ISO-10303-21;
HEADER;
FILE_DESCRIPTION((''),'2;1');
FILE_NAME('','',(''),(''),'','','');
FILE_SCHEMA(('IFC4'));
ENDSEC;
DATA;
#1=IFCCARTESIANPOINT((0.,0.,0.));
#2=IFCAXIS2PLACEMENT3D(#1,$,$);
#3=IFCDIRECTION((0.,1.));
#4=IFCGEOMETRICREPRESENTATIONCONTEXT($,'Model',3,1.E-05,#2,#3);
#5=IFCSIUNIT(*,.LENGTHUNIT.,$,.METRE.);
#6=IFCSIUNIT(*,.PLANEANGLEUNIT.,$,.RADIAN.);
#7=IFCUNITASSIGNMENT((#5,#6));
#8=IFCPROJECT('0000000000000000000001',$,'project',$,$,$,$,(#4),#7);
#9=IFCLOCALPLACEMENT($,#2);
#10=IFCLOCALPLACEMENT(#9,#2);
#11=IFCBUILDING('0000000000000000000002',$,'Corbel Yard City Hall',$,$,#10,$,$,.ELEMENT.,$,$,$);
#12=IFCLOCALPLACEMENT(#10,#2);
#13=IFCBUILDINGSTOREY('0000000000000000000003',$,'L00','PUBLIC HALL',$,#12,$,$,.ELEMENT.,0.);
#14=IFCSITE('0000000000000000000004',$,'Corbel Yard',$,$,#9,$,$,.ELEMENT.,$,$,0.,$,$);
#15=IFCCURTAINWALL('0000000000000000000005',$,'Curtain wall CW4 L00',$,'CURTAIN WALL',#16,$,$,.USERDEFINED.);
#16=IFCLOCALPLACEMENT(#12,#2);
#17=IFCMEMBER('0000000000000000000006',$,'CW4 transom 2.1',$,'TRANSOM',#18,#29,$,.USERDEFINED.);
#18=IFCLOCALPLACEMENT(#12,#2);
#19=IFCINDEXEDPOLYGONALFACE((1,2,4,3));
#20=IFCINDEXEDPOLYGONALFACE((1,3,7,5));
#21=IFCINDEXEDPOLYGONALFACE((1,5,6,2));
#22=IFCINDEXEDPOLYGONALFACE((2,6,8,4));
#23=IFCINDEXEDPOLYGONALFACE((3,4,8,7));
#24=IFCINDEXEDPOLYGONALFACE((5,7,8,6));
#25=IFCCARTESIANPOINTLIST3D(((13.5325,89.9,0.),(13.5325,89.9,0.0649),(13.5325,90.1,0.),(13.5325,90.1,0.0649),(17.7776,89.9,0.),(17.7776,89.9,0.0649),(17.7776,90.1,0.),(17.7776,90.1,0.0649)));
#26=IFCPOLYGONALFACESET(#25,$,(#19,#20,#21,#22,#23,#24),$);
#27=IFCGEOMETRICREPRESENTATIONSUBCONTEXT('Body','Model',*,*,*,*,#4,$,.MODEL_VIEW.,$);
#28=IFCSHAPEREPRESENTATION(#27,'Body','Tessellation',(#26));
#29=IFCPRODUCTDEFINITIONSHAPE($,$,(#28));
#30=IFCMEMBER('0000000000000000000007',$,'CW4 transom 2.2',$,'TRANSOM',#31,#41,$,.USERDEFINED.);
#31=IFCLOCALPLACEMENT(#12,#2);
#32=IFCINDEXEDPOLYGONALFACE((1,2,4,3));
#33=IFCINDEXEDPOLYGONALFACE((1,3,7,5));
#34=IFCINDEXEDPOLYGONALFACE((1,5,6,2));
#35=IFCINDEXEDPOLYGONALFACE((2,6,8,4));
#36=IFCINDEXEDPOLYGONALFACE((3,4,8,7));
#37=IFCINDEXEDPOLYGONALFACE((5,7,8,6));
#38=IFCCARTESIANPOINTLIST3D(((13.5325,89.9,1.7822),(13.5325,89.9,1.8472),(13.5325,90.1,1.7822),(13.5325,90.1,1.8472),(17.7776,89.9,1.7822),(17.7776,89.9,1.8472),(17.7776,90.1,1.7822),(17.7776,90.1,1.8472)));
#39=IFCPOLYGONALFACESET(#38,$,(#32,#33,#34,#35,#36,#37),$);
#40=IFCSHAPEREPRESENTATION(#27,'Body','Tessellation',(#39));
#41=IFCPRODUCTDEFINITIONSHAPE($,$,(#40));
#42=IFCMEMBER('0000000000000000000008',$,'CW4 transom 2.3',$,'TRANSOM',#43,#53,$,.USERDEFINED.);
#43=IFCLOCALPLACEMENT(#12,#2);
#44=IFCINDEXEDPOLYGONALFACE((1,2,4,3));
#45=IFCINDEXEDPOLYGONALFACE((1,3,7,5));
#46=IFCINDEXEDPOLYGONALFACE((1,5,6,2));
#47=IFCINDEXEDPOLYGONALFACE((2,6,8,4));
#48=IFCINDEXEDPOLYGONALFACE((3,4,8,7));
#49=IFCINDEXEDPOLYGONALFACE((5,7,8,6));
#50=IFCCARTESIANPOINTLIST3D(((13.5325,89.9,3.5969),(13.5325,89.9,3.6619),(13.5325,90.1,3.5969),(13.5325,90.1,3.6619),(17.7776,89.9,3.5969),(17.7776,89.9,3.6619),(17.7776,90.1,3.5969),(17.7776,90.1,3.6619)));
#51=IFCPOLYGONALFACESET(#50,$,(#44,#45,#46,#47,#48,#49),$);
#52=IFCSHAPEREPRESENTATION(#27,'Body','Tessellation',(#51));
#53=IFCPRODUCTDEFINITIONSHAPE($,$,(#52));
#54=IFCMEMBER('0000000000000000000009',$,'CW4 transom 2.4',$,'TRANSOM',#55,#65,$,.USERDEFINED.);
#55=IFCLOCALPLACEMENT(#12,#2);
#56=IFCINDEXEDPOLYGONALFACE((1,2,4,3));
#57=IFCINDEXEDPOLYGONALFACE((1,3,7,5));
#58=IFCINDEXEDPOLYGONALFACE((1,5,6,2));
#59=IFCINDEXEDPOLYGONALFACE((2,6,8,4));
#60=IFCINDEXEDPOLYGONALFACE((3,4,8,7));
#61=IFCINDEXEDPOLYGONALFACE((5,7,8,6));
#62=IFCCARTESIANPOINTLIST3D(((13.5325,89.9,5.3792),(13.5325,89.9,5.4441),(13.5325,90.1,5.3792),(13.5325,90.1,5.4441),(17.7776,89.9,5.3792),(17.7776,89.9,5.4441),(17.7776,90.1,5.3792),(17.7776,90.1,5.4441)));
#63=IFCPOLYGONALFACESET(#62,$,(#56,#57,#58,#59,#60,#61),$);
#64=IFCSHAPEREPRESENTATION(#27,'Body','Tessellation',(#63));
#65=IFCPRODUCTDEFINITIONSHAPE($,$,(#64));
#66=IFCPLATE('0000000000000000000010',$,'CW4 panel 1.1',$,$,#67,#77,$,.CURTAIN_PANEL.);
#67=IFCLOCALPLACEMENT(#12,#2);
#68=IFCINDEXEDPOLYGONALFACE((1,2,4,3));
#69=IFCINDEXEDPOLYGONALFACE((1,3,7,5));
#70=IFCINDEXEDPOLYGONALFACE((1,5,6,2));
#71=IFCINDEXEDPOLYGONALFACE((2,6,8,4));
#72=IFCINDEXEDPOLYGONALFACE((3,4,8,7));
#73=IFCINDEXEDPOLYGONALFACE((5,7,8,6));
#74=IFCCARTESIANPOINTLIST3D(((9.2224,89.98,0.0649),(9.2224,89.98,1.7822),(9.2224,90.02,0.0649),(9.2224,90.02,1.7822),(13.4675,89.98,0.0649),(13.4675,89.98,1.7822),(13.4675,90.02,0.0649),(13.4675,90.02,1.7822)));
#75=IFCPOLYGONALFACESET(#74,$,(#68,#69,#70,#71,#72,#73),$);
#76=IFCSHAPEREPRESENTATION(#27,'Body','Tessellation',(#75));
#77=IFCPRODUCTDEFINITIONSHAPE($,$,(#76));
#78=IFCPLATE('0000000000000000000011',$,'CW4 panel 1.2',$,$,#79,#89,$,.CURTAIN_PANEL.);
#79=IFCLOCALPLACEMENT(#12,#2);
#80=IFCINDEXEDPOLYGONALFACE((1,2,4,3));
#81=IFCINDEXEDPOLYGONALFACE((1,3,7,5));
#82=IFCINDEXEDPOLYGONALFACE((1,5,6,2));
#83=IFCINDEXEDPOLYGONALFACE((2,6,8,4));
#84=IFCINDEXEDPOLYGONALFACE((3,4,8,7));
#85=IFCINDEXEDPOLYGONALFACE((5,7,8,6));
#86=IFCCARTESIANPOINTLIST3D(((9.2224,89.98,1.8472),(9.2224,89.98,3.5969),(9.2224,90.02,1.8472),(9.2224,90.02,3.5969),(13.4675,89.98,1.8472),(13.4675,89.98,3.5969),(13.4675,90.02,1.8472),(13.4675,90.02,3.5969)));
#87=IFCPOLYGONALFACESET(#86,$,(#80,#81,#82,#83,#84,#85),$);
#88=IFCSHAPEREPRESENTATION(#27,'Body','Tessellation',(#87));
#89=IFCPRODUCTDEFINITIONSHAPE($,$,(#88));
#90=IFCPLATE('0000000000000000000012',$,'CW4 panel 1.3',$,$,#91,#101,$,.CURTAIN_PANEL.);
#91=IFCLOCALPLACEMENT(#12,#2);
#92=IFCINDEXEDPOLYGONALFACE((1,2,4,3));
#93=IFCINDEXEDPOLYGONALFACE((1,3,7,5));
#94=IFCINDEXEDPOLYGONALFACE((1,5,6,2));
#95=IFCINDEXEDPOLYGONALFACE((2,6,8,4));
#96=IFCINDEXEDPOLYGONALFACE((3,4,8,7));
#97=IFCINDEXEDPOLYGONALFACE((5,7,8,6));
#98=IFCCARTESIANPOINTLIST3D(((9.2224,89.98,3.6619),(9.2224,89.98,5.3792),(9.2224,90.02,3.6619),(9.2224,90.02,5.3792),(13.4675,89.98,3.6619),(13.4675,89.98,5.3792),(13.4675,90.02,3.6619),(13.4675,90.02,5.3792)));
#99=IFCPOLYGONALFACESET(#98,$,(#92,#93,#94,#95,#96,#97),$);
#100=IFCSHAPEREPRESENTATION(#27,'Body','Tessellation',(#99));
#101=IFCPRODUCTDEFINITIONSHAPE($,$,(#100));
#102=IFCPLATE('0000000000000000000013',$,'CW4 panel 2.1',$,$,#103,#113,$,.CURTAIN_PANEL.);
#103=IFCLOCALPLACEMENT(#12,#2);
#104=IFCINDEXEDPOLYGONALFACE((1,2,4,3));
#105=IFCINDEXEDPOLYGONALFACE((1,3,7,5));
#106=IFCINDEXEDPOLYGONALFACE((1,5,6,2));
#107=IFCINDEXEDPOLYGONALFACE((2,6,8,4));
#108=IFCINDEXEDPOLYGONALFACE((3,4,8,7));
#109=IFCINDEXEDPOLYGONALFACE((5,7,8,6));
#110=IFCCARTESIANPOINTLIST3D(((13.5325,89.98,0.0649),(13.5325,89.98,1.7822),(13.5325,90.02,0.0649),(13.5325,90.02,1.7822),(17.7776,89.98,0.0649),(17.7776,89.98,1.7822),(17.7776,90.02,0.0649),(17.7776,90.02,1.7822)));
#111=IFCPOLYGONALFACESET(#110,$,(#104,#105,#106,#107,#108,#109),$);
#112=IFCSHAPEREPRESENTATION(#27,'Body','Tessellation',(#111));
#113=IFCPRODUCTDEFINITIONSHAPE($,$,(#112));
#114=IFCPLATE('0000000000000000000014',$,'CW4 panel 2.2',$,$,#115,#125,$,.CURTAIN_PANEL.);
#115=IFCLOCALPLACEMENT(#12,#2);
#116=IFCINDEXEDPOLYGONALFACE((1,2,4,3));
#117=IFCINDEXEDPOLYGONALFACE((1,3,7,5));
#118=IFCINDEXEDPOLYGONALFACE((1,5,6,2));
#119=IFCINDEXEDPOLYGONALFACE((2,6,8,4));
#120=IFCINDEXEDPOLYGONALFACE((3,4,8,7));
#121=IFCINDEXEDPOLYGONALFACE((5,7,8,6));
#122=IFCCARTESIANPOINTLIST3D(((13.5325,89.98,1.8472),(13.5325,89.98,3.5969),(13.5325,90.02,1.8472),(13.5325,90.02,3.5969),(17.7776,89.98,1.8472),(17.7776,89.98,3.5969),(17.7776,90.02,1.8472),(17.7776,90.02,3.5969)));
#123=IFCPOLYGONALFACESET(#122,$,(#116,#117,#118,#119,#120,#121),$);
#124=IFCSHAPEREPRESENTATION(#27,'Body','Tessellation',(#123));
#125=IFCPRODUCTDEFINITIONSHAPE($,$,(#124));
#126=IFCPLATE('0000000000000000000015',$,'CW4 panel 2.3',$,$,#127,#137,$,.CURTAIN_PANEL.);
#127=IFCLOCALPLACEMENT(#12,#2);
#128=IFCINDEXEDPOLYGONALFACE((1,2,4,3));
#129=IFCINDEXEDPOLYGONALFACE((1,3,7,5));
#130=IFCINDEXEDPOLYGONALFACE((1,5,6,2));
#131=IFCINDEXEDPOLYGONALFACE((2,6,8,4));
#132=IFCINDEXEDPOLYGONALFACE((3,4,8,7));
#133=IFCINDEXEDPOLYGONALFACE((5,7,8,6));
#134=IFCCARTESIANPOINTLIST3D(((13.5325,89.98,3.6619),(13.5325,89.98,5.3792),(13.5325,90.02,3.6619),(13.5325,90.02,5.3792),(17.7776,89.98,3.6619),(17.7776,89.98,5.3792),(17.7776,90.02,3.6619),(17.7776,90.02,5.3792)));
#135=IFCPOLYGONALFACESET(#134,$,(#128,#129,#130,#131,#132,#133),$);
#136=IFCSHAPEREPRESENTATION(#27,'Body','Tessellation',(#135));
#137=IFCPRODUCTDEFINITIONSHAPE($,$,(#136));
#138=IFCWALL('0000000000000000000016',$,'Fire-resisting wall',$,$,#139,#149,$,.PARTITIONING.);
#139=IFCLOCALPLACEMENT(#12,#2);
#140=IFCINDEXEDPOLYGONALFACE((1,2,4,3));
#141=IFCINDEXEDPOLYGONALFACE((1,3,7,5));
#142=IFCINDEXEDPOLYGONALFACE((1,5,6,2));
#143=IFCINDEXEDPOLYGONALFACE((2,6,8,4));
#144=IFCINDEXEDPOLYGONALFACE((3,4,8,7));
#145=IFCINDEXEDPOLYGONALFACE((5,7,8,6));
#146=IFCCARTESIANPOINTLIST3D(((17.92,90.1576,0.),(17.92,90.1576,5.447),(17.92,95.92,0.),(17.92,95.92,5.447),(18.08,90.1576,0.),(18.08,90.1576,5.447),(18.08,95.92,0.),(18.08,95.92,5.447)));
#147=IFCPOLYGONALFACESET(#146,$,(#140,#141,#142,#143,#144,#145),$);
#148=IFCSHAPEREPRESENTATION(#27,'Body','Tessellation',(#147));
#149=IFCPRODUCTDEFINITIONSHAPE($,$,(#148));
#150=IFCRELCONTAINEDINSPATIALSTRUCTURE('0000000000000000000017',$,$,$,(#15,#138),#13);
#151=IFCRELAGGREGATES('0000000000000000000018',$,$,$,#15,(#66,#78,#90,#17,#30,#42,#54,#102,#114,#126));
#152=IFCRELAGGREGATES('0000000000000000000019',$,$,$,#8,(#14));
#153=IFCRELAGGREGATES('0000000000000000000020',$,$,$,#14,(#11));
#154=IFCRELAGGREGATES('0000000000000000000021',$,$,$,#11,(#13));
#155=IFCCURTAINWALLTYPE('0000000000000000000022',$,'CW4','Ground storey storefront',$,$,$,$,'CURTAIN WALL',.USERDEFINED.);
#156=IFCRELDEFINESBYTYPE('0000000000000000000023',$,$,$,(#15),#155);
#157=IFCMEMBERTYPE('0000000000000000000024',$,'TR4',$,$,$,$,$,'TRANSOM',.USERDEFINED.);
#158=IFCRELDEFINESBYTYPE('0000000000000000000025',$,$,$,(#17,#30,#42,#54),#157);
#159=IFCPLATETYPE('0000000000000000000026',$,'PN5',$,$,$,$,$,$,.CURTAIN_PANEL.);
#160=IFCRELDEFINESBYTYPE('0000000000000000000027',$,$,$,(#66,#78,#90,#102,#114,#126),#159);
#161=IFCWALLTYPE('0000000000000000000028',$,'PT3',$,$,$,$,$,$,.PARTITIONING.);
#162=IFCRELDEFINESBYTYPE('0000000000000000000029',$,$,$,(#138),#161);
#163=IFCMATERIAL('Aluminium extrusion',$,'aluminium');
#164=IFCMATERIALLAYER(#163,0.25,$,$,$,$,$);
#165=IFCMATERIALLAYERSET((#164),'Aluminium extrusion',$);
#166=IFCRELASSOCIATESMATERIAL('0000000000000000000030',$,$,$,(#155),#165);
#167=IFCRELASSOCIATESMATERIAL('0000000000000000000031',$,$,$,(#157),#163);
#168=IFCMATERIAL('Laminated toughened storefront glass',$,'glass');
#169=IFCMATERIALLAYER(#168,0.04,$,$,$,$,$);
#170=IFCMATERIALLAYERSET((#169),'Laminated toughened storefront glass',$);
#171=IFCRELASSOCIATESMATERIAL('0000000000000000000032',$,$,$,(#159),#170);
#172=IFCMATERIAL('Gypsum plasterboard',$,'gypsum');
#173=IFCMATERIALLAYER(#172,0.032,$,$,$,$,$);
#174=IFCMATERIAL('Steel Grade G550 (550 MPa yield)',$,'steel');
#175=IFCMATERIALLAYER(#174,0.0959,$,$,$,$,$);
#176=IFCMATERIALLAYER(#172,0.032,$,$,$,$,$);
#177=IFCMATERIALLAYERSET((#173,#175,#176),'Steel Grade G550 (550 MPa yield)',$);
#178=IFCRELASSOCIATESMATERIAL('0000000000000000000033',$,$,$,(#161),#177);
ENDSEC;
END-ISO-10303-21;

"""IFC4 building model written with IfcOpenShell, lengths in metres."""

from ifc_helpers import new_model, si_unit, direction, frame, frame_2d, origin, origin_2d, place, context, subcontext, project, spatial, rectangle, extrude, material, layer, layer_set, material_profile, profile_set, type_object, element, aggregate, save


model = new_model("IFC4")

# Units and contexts
model_context = context("Model", 3, precision=1e-05, world=origin(), true_north=direction((0.0, 1.0)))
body_context = subcontext(model_context, "Body", "Model", "MODEL_VIEW")
ifc_project = project(units=[si_unit("LENGTHUNIT", "METRE"), si_unit("PLANEANGLEUNIT", "RADIAN")], contexts=[model_context])

# Site, building, storey
site_placement = place(None, origin())
site = spatial("IfcSite", under=ifc_project, at=site_placement, Name="Corbel Yard", CompositionType="ELEMENT", RefElevation=0.0)
building_placement = place(site_placement, origin())
building = spatial("IfcBuilding", under=site, at=building_placement, Name="Corbel Yard City Hall", CompositionType="ELEMENT")
storey_placement = place(building_placement, origin())
storey = spatial("IfcBuildingStorey", under=building, at=storey_placement, Name="L00", Description="PUBLIC HALL", CompositionType="ELEMENT", Elevation=0.0)

# Curtain wall
ifc_material_1 = material(Name="Aluminium extrusion", Category="aluminium")
ifc_layer_1 = layer(ifc_material_1, 0.25)
ifc_layer_set_1 = layer_set([ifc_layer_1], Name="Aluminium extrusion")
curtain_wall_type = type_object("IfcCurtainWallType", Name="CW4", Description="Ground storey storefront", ElementType="CURTAIN WALL", PredefinedType="USERDEFINED", material=ifc_layer_set_1)
curtain_wall_placement = place(storey_placement, origin())
curtain_wall = element("IfcCurtainWall", 1, at=curtain_wall_placement, inside=storey, type_object=curtain_wall_type, Name="Curtain wall CW4 L00", ObjectType="CURTAIN WALL", PredefinedType="USERDEFINED")

# Members
ifc_material_profile_1 = material_profile(ifc_material_1, rectangle(XDim=0.2, YDim=0.0649, at=origin_2d()), Name="200x65")
ifc_profile_set_1 = profile_set([ifc_material_profile_1], Name="Aluminium extrusion")
member_type_1 = type_object("IfcMemberType", Name="TR4", ElementType="TRANSOM", PredefinedType="USERDEFINED", material=ifc_profile_set_1)
member_1_placement = place(storey_placement, frame((13.5325, 90.0, 0.0325), z_axis=(1.0, 0.0, 0.0), x_axis=(0.0, 1.0, 0.0)))
member_1 = element("IfcMember", 2, at=member_1_placement, type_object=member_type_1, Name="CW4 transom 2.1", ObjectType="TRANSOM", PredefinedType="USERDEFINED", context=body_context, shape_type="SweptSolid", body=[
    extrude(rectangle(XDim=0.2, YDim=0.0649, at=origin_2d()), origin(), (0.0, 0.0, 1.0), 4.2451),
])
member_2_placement = place(storey_placement, frame((13.5325, 90.0, 1.8147), z_axis=(1.0, 0.0, 0.0), x_axis=(0.0, 1.0, 0.0)))
member_2 = element("IfcMember", 3, at=member_2_placement, type_object=member_type_1, Name="CW4 transom 2.2", ObjectType="TRANSOM", PredefinedType="USERDEFINED", context=body_context, shape_type="SweptSolid", body=[
    extrude(rectangle(XDim=0.2, YDim=0.0649, at=origin_2d()), origin(), (0.0, 0.0, 1.0), 4.2451),
])
member_3_placement = place(storey_placement, frame((13.5325, 90.0, 3.6294), z_axis=(1.0, 0.0, 0.0), x_axis=(0.0, 1.0, 0.0)))
member_3 = element("IfcMember", 4, at=member_3_placement, type_object=member_type_1, Name="CW4 transom 2.3", ObjectType="TRANSOM", PredefinedType="USERDEFINED", context=body_context, shape_type="SweptSolid", body=[
    extrude(rectangle(XDim=0.2, YDim=0.0649, at=origin_2d()), origin(), (0.0, 0.0, 1.0), 4.2451),
])
member_4_placement = place(storey_placement, frame((13.5325, 90.0, 5.4116), z_axis=(1.0, 0.0, 0.0), x_axis=(0.0, 1.0, 0.0)))
member_4 = element("IfcMember", 5, at=member_4_placement, type_object=member_type_1, Name="CW4 transom 2.4", ObjectType="TRANSOM", PredefinedType="USERDEFINED", context=body_context, shape_type="SweptSolid", body=[
    extrude(rectangle(XDim=0.2, YDim=0.0649, at=origin_2d()), origin(), (0.0, 0.0, 1.0), 4.2451),
])

# Plates
ifc_material_2 = material(Name="Laminated toughened storefront glass", Category="glass")
ifc_layer_2 = layer(ifc_material_2, 0.04)
ifc_layer_set_2 = layer_set([ifc_layer_2], Name="Laminated toughened storefront glass")
plate_type = type_object("IfcPlateType", Name="PN5", PredefinedType="CURTAIN_PANEL", material=ifc_layer_set_2)
plate_1_placement = place(storey_placement, frame((11.345, 90.0, 0.0649), z_axis=(0.0, 0.0, 1.0), x_axis=(1.0, 0.0, 0.0)))
plate_1 = element("IfcPlate", 6, at=plate_1_placement, type_object=plate_type, Name="CW4 panel 1.1", PredefinedType="CURTAIN_PANEL", context=body_context, shape_type="SweptSolid", body=[
    extrude(rectangle(XDim=4.2451, YDim=0.04, at=origin_2d()), origin(), (0.0, 0.0, 1.0), 1.7173),
])
plate_2_placement = place(storey_placement, frame((11.345, 90.0, 1.8472), z_axis=(0.0, 0.0, 1.0), x_axis=(1.0, 0.0, 0.0)))
plate_2 = element("IfcPlate", 7, at=plate_2_placement, type_object=plate_type, Name="CW4 panel 1.2", PredefinedType="CURTAIN_PANEL", context=body_context, shape_type="SweptSolid", body=[
    extrude(rectangle(XDim=4.2451, YDim=0.04, at=origin_2d()), origin(), (0.0, 0.0, 1.0), 1.7498),
])
plate_3_placement = place(storey_placement, frame((11.345, 90.0, 3.6619), z_axis=(0.0, 0.0, 1.0), x_axis=(1.0, 0.0, 0.0)))
plate_3 = element("IfcPlate", 8, at=plate_3_placement, type_object=plate_type, Name="CW4 panel 1.3", PredefinedType="CURTAIN_PANEL", context=body_context, shape_type="SweptSolid", body=[
    extrude(rectangle(XDim=4.2451, YDim=0.04, at=origin_2d()), origin(), (0.0, 0.0, 1.0), 1.7173),
])
plate_4_placement = place(storey_placement, frame((15.655, 90.0, 0.0649), z_axis=(0.0, 0.0, 1.0), x_axis=(1.0, 0.0, 0.0)))
plate_4 = element("IfcPlate", 9, at=plate_4_placement, type_object=plate_type, Name="CW4 panel 2.1", PredefinedType="CURTAIN_PANEL", context=body_context, shape_type="SweptSolid", body=[
    extrude(rectangle(XDim=4.2451, YDim=0.04, at=origin_2d()), origin(), (0.0, 0.0, 1.0), 1.7173),
])
plate_5_placement = place(storey_placement, frame((15.655, 90.0, 1.8472), z_axis=(0.0, 0.0, 1.0), x_axis=(1.0, 0.0, 0.0)))
plate_5 = element("IfcPlate", 10, at=plate_5_placement, type_object=plate_type, Name="CW4 panel 2.2", PredefinedType="CURTAIN_PANEL", context=body_context, shape_type="SweptSolid", body=[
    extrude(rectangle(XDim=4.2451, YDim=0.04, at=origin_2d()), origin(), (0.0, 0.0, 1.0), 1.7498),
])
plate_6_placement = place(storey_placement, frame((15.655, 90.0, 3.6619), z_axis=(0.0, 0.0, 1.0), x_axis=(1.0, 0.0, 0.0)))
plate_6 = element("IfcPlate", 11, at=plate_6_placement, type_object=plate_type, Name="CW4 panel 2.3", PredefinedType="CURTAIN_PANEL", context=body_context, shape_type="SweptSolid", body=[
    extrude(rectangle(XDim=4.2451, YDim=0.04, at=origin_2d()), origin(), (0.0, 0.0, 1.0), 1.7173),
])
aggregate(curtain_wall, [plate_1, plate_2, plate_3, member_1, member_2, member_3, member_4, plate_4, plate_5, plate_6])

# Wall
ifc_material_3 = material(Name="Gypsum plasterboard", Category="gypsum")
ifc_layer_3 = layer(ifc_material_3, 0.032)
ifc_material_4 = material(Name="Steel Grade G550 (550 MPa yield)", Category="steel")
ifc_layer_4 = layer(ifc_material_4, 0.0959)
ifc_layer_5 = layer(ifc_material_3, 0.032)
ifc_layer_set_3 = layer_set([ifc_layer_3, ifc_layer_4, ifc_layer_5], Name="Steel Grade G550 (550 MPa yield)")
wall_type = type_object("IfcWallType", Name="PT3", PredefinedType="PARTITIONING", material=ifc_layer_set_3)
wall_placement = place(storey_placement, frame((18.0, 90.1575, 0.0), z_axis=(0.0, 0.0, 1.0), x_axis=(0.0, 1.0, 0.0)))
element("IfcWall", 12, at=wall_placement, inside=storey, type_object=wall_type, Name="Fire-resisting wall", PredefinedType="PARTITIONING", context=body_context, shape_type="SweptSolid", body=[
    extrude(rectangle(XDim=5.7625, YDim=0.1599, at=frame_2d((2.8813, 0.0))), origin(), (0.0, 0.0, 1.0), 5.447),
])

save(model, "model.ifc")
